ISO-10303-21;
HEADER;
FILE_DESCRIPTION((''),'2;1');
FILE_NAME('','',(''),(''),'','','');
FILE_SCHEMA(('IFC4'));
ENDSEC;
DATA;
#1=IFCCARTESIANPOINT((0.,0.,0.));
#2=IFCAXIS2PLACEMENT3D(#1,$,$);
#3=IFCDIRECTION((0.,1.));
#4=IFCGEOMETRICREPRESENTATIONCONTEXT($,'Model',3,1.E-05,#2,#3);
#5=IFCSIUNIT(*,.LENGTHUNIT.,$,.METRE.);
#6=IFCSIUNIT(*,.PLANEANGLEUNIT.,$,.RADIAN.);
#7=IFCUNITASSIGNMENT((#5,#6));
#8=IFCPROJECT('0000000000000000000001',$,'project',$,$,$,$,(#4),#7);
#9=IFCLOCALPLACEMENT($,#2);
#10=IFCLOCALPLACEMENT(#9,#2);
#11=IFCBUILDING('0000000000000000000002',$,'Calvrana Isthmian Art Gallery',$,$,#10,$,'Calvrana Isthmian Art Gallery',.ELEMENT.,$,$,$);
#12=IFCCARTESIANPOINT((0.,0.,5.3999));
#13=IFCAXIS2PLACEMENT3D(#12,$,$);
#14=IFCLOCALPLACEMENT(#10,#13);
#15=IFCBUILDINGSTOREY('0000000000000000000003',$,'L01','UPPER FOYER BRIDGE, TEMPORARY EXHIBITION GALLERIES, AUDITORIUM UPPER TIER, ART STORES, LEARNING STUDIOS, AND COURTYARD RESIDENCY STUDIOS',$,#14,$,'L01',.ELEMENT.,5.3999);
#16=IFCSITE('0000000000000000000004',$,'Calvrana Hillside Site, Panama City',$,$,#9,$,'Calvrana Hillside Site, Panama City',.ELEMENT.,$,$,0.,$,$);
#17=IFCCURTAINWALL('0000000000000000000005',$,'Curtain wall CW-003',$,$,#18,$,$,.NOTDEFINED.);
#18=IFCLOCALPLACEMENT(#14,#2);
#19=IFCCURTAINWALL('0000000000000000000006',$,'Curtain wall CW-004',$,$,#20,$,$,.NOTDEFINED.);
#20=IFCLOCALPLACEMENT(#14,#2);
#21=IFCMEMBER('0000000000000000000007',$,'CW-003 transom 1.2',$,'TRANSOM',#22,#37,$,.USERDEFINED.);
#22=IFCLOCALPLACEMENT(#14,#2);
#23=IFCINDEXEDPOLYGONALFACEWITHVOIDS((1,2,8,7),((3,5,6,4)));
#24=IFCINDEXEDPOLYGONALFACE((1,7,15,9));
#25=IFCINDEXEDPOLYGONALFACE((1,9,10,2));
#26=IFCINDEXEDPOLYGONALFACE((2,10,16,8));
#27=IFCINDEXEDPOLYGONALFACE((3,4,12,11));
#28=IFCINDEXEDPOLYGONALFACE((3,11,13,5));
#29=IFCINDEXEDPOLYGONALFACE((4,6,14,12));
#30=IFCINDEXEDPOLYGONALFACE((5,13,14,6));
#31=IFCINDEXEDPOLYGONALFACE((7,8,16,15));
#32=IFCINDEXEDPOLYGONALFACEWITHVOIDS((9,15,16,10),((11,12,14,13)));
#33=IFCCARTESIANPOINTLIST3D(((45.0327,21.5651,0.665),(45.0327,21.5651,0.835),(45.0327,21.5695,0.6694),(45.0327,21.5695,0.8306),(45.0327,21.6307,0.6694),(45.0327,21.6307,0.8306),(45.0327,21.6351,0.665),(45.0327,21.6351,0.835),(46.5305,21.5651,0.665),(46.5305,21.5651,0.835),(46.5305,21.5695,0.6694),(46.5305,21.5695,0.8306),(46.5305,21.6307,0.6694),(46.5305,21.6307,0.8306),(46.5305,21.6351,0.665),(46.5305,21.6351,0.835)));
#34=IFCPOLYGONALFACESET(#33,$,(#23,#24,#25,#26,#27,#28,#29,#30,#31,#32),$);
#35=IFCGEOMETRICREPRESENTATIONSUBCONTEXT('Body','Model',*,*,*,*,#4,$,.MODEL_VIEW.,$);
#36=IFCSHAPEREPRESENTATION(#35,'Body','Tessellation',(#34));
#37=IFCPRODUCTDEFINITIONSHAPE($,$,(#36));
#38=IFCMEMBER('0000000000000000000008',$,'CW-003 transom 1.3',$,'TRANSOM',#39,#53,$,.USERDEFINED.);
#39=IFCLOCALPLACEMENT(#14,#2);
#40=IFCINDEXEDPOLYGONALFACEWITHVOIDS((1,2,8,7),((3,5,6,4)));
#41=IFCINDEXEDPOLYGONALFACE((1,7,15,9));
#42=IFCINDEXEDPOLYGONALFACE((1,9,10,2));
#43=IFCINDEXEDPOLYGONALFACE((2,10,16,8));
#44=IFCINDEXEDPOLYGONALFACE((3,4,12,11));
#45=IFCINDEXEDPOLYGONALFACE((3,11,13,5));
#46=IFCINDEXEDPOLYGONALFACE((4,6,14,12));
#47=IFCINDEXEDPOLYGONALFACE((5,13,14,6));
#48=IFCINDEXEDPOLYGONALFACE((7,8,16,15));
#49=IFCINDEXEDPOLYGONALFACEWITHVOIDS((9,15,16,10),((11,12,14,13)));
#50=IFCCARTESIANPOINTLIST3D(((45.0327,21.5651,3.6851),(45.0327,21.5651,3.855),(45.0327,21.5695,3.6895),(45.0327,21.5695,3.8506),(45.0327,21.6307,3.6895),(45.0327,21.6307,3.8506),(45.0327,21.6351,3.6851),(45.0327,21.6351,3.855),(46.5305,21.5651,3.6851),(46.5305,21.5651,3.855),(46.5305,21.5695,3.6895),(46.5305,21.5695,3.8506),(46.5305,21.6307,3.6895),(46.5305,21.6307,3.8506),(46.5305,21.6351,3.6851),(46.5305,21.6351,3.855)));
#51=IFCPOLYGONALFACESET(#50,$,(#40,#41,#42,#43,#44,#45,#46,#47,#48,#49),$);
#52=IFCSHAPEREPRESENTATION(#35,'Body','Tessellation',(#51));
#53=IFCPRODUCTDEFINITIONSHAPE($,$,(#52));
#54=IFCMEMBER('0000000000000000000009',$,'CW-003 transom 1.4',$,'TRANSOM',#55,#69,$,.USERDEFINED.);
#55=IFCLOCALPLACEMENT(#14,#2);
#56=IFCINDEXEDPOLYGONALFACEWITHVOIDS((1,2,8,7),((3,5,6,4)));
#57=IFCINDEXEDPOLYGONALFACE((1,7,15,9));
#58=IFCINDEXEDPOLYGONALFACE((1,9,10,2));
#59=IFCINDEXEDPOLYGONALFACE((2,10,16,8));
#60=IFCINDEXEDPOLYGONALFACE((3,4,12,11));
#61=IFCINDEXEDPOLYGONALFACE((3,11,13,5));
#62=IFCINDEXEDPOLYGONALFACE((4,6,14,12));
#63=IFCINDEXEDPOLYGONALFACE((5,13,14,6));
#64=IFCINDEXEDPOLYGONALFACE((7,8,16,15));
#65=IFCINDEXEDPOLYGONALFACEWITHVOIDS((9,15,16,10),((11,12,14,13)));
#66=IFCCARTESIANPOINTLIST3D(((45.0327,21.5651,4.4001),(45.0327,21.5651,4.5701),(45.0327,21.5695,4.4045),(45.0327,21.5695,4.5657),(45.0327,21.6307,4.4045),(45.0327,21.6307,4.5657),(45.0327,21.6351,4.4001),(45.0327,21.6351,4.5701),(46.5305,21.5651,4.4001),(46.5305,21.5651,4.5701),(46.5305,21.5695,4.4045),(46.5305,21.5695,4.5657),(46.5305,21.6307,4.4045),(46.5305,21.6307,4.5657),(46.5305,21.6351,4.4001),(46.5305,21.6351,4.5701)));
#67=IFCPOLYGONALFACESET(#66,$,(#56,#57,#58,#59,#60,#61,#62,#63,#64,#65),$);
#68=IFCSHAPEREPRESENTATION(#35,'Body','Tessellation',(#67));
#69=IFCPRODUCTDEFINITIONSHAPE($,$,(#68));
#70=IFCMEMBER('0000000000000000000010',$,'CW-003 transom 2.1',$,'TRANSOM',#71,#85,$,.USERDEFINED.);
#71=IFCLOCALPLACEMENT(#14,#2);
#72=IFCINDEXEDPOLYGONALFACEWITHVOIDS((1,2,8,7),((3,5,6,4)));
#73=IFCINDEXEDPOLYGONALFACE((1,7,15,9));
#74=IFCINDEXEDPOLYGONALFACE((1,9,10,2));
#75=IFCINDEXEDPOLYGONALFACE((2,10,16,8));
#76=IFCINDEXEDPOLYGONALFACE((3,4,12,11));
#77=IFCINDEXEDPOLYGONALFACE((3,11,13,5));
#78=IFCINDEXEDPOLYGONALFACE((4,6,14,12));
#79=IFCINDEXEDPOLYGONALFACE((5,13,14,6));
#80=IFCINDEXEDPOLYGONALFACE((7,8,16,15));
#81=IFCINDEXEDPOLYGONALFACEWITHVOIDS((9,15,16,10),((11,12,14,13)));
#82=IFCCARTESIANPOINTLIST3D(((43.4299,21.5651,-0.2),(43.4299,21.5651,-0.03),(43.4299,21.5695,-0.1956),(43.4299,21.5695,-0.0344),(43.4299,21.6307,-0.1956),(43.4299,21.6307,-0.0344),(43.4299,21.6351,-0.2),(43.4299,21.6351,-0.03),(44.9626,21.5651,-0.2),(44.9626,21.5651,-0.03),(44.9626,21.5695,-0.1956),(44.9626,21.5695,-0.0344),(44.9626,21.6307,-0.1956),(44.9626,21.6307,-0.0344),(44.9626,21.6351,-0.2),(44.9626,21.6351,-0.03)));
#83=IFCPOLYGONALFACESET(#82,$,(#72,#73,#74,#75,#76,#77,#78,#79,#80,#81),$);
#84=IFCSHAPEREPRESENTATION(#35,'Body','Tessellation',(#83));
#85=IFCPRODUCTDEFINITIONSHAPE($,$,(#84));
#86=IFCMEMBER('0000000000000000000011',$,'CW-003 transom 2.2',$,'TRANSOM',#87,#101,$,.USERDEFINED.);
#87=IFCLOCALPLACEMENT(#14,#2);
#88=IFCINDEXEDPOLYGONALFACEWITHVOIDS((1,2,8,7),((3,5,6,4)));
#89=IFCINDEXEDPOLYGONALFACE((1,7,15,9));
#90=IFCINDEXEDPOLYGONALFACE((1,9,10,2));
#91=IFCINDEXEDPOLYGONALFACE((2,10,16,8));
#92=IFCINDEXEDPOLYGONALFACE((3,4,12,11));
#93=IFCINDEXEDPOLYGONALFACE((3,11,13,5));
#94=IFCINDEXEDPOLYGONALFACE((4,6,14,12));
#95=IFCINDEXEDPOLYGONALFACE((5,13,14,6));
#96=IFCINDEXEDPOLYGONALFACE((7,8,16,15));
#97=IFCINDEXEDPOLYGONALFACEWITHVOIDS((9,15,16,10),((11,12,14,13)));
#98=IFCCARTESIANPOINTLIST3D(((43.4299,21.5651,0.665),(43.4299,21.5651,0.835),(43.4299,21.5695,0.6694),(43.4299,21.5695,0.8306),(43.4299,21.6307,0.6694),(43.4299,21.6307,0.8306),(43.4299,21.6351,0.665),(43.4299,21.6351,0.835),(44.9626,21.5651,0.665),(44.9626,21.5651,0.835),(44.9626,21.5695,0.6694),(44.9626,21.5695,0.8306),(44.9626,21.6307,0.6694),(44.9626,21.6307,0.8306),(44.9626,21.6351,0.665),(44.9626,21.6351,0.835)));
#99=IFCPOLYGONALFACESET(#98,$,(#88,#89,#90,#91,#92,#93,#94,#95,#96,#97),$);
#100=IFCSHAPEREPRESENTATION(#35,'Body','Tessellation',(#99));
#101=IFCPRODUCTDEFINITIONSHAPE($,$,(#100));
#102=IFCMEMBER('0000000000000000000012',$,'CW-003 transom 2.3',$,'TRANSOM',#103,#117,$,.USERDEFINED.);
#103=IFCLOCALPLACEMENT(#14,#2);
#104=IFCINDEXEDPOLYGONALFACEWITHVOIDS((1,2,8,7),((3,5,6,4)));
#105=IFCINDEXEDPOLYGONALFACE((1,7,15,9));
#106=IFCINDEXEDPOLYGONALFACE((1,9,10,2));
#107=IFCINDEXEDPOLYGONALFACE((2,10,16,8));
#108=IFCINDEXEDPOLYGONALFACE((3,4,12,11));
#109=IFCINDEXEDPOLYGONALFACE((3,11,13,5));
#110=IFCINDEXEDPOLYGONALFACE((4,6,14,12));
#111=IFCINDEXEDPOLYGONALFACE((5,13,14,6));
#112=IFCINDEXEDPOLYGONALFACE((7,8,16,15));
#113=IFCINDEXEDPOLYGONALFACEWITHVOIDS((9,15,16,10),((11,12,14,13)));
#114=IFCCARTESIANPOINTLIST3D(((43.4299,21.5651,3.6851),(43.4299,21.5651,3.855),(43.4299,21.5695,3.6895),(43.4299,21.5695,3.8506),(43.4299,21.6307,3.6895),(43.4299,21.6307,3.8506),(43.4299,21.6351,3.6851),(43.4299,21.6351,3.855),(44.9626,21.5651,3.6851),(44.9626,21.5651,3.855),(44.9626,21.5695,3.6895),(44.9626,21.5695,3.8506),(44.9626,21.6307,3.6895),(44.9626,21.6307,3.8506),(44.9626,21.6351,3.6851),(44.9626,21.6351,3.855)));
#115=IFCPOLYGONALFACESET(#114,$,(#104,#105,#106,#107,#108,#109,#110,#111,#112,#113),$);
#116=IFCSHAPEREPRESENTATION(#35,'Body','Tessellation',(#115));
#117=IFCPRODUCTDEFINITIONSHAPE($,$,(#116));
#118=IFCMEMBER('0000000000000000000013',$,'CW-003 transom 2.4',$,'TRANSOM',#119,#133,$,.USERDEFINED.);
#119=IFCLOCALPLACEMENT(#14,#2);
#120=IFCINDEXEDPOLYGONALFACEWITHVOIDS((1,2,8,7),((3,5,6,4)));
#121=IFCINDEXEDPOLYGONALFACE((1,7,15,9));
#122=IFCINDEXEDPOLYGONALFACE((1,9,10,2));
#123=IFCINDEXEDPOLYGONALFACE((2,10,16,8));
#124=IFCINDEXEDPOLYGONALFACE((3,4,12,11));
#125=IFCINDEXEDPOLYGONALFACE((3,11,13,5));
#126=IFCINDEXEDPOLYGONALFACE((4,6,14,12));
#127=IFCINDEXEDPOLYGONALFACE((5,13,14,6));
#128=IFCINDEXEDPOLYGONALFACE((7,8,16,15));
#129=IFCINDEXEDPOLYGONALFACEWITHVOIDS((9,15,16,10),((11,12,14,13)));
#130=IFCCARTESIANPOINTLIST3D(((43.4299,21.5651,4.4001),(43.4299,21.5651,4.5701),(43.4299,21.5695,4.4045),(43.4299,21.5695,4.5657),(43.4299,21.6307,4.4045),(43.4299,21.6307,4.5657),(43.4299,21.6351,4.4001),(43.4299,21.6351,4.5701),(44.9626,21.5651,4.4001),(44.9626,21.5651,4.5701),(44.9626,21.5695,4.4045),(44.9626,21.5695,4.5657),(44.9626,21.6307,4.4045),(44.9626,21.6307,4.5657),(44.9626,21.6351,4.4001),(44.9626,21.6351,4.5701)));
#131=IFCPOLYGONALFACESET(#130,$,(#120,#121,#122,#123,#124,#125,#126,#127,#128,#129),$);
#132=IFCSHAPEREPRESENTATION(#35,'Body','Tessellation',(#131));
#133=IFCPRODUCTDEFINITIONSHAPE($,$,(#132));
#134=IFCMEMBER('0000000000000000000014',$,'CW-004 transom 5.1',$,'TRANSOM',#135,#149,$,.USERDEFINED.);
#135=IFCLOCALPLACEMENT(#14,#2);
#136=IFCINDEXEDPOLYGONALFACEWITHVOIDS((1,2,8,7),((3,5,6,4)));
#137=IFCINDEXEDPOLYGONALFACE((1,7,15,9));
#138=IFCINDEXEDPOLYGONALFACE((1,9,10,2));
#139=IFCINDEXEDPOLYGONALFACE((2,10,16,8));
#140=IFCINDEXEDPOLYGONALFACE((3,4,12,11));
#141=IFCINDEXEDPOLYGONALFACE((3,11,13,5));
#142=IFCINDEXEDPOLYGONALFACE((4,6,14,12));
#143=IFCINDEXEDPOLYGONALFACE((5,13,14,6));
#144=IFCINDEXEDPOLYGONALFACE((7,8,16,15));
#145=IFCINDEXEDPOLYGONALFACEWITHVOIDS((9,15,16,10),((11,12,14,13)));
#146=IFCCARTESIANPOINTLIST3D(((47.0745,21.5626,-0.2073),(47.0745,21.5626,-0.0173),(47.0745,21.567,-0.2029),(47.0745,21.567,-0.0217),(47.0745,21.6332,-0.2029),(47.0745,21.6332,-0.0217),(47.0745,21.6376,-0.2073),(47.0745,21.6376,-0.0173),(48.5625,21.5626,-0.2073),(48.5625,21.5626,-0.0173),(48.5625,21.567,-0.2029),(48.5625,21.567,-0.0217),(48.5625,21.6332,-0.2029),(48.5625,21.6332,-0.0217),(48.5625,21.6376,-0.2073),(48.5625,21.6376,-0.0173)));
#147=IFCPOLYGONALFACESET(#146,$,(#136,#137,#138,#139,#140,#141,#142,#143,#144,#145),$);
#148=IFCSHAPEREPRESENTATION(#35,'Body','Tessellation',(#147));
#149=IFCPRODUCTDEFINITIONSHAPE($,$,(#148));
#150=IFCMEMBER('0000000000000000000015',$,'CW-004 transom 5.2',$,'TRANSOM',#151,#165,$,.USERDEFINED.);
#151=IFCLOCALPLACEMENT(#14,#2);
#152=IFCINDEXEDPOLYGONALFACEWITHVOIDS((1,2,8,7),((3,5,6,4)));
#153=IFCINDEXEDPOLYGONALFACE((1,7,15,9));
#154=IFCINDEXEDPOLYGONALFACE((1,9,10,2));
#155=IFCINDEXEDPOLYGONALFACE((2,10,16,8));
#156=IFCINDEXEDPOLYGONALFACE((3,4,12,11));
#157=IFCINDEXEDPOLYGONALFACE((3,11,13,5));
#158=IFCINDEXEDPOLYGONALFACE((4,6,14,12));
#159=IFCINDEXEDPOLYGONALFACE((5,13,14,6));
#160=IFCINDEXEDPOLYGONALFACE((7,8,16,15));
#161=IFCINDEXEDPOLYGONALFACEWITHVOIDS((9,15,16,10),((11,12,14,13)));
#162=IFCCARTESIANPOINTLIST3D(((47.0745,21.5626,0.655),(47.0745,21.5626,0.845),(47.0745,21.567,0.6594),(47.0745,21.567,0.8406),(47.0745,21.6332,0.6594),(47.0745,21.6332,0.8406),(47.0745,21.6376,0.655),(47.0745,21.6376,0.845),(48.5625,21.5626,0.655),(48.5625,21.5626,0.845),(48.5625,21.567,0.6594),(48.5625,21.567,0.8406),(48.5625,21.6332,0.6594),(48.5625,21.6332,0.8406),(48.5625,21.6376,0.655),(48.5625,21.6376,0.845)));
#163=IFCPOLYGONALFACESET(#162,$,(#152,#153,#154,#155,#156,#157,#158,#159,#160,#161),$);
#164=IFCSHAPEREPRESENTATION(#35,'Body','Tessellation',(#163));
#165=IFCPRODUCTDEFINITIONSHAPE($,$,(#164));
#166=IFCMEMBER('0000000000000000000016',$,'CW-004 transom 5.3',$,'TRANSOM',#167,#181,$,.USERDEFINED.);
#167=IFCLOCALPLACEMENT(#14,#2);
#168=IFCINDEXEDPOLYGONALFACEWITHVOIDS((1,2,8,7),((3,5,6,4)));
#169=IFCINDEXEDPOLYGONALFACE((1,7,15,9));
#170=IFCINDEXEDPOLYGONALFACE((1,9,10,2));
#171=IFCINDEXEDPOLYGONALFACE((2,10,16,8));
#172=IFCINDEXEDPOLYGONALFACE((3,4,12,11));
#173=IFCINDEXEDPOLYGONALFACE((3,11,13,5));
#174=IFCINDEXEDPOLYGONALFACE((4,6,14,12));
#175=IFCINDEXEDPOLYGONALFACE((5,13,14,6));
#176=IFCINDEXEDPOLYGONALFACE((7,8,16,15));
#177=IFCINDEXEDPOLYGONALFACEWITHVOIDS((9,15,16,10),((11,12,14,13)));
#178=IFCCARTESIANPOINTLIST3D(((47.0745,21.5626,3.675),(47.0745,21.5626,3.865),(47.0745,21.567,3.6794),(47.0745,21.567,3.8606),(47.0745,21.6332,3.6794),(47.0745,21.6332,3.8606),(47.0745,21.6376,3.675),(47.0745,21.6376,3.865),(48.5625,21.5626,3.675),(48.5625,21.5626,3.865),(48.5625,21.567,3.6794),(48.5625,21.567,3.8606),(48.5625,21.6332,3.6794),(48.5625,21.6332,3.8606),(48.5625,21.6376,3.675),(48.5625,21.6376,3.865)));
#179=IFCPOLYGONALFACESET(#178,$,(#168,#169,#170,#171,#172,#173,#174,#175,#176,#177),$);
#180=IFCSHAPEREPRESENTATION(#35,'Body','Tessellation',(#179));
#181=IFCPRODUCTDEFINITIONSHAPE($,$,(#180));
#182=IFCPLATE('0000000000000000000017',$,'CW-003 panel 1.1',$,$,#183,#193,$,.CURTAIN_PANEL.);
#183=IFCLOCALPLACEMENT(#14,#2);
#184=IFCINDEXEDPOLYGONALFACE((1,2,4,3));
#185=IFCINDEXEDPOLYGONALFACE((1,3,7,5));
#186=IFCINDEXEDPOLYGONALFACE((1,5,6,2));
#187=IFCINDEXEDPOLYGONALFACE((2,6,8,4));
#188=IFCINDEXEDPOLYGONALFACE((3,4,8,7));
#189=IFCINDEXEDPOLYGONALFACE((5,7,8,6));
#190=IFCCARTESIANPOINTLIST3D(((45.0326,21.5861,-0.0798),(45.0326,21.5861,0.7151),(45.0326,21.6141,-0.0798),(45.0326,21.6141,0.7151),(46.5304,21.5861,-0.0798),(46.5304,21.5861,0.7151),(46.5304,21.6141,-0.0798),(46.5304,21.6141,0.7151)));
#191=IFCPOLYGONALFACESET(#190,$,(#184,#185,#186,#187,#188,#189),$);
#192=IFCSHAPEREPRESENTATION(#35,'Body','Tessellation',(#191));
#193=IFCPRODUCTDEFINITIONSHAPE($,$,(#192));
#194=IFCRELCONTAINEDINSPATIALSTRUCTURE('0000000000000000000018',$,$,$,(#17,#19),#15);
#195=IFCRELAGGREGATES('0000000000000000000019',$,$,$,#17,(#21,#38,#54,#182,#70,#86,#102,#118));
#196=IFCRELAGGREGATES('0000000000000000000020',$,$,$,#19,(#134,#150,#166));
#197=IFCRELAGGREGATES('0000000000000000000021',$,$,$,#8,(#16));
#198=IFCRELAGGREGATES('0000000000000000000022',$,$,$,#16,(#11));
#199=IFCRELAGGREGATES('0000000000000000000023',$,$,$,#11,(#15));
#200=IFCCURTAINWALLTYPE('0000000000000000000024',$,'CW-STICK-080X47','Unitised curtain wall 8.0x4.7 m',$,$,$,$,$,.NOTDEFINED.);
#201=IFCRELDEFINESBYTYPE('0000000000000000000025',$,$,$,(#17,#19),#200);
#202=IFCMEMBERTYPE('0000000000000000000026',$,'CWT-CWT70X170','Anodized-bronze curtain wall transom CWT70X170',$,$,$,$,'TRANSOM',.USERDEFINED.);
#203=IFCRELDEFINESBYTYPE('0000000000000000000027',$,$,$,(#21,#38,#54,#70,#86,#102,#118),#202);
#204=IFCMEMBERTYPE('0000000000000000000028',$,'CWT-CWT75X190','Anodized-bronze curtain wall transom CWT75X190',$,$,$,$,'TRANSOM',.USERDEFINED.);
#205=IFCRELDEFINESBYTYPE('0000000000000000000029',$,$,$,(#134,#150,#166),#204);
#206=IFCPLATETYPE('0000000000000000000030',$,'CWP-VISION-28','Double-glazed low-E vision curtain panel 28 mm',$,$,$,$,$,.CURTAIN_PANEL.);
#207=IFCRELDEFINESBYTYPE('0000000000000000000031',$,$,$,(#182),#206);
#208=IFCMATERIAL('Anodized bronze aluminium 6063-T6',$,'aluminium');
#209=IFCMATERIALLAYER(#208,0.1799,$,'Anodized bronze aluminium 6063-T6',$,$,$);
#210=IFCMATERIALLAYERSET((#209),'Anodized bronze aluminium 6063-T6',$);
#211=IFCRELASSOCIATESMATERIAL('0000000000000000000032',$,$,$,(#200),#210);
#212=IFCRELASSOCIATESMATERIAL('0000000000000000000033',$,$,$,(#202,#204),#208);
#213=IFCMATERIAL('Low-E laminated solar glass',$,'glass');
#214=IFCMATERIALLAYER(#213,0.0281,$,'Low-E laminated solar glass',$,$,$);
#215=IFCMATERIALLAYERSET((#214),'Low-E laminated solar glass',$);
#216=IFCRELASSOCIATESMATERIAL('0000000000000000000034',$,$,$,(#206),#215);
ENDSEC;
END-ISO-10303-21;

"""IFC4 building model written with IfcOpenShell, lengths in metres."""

from ifc_helpers import new_model, si_unit, direction, frame, origin, origin_2d, place, context, subcontext, project, spatial, rectangle, hollow_rectangle, extrude, material, layer, layer_set, material_profile, profile_set, type_object, element, aggregate, save


model = new_model("IFC4")

# Units and contexts
model_context = context("Model", 3, precision=1e-05, world=origin(), true_north=direction((0.0, 1.0)))
body_context = subcontext(model_context, "Body", "Model", "MODEL_VIEW")
ifc_project = project(units=[si_unit("LENGTHUNIT", "METRE"), si_unit("PLANEANGLEUNIT", "RADIAN")], contexts=[model_context])

# Site, building, storey
site_placement = place(None, origin())
site = spatial("IfcSite", under=ifc_project, at=site_placement, Name="Calvrana Hillside Site, Panama City", LongName="Calvrana Hillside Site, Panama City", CompositionType="ELEMENT", RefElevation=0.0)
building_placement = place(site_placement, origin())
building = spatial("IfcBuilding", under=site, at=building_placement, Name="Calvrana Isthmian Art Gallery", LongName="Calvrana Isthmian Art Gallery", CompositionType="ELEMENT")
storey_placement = place(building_placement, frame((0.0, 0.0, 5.3999)))
storey = spatial("IfcBuildingStorey", under=building, at=storey_placement, Name="L01", Description="UPPER FOYER BRIDGE, TEMPORARY EXHIBITION GALLERIES, AUDITORIUM UPPER TIER, ART STORES, LEARNING STUDIOS, AND COURTYARD RESIDENCY STUDIOS", LongName="L01", CompositionType="ELEMENT", Elevation=5.3999)

# Curtain wall
ifc_material_1 = material(Name="Anodized bronze aluminium 6063-T6", Category="aluminium")
ifc_layer_1 = layer(ifc_material_1, 0.1799, Name="Anodized bronze aluminium 6063-T6")
ifc_layer_set_1 = layer_set([ifc_layer_1], Name="Anodized bronze aluminium 6063-T6")
curtain_wall_type = type_object("IfcCurtainWallType", Name="CW-STICK-080X47", Description="Unitised curtain wall 8.0x4.7 m", PredefinedType="NOTDEFINED", material=ifc_layer_set_1)
curtain_wall_1_placement = place(storey_placement, origin())
curtain_wall_1 = element("IfcCurtainWall", 1, at=curtain_wall_1_placement, inside=storey, type_object=curtain_wall_type, Name="Curtain wall CW-003", PredefinedType="NOTDEFINED")

# Curtain wall
curtain_wall_2_placement = place(storey_placement, origin())
curtain_wall_2 = element("IfcCurtainWall", 2, at=curtain_wall_2_placement, inside=storey, type_object=curtain_wall_type, Name="Curtain wall CW-004", PredefinedType="NOTDEFINED")

# Members
ifc_material_profile_1 = material_profile(ifc_material_1, hollow_rectangle(XDim=0.0701, YDim=0.1699, WallThickness=0.0044, at=origin_2d()), Name="CWT70X170")
ifc_profile_set_1 = profile_set([ifc_material_profile_1], Name="Anodized bronze aluminium 6063-T6")
member_type_1 = type_object("IfcMemberType", Name="CWT-CWT70X170", Description="Anodized-bronze curtain wall transom CWT70X170", ElementType="TRANSOM", PredefinedType="USERDEFINED", material=ifc_profile_set_1)
member_1_placement = place(storey_placement, frame((46.5305, 21.6001, 0.75), z_axis=(-1.0, 0.0, 0.0), x_axis=(0.0, -1.0, 0.0)))
member_1 = element("IfcMember", 3, at=member_1_placement, type_object=member_type_1, Name="CW-003 transom 1.2", ObjectType="TRANSOM", PredefinedType="USERDEFINED", context=body_context, shape_type="SweptSolid", body=[
    extrude(hollow_rectangle(XDim=0.0701, YDim=0.1699, WallThickness=0.0044, at=origin_2d()), origin(), (0.0, 0.0, 1.0), 1.4978),
])
member_2_placement = place(storey_placement, frame((46.5305, 21.6001, 3.77), z_axis=(-1.0, 0.0, 0.0), x_axis=(0.0, -1.0, 0.0)))
member_2 = element("IfcMember", 4, at=member_2_placement, type_object=member_type_1, Name="CW-003 transom 1.3", ObjectType="TRANSOM", PredefinedType="USERDEFINED", context=body_context, shape_type="SweptSolid", body=[
    extrude(hollow_rectangle(XDim=0.0701, YDim=0.1699, WallThickness=0.0044, at=origin_2d()), origin(), (0.0, 0.0, 1.0), 1.4978),
])
member_3_placement = place(storey_placement, frame((46.5305, 21.6001, 4.4851), z_axis=(-1.0, 0.0, 0.0), x_axis=(0.0, -1.0, 0.0)))
member_3 = element("IfcMember", 5, at=member_3_placement, type_object=member_type_1, Name="CW-003 transom 1.4", ObjectType="TRANSOM", PredefinedType="USERDEFINED", context=body_context, shape_type="SweptSolid", body=[
    extrude(hollow_rectangle(XDim=0.0701, YDim=0.1699, WallThickness=0.0044, at=origin_2d()), origin(), (0.0, 0.0, 1.0), 1.4978),
])
member_4_placement = place(storey_placement, frame((44.9626, 21.6001, -0.115), z_axis=(-1.0, 0.0, 0.0), x_axis=(0.0, -1.0, 0.0)))
member_4 = element("IfcMember", 6, at=member_4_placement, type_object=member_type_1, Name="CW-003 transom 2.1", ObjectType="TRANSOM", PredefinedType="USERDEFINED", context=body_context, shape_type="SweptSolid", body=[
    extrude(hollow_rectangle(XDim=0.0701, YDim=0.1699, WallThickness=0.0044, at=origin_2d()), origin(), (0.0, 0.0, 1.0), 1.5327),
])
member_5_placement = place(storey_placement, frame((44.9626, 21.6001, 0.75), z_axis=(-1.0, 0.0, 0.0), x_axis=(0.0, -1.0, 0.0)))
member_5 = element("IfcMember", 7, at=member_5_placement, type_object=member_type_1, Name="CW-003 transom 2.2", ObjectType="TRANSOM", PredefinedType="USERDEFINED", context=body_context, shape_type="SweptSolid", body=[
    extrude(hollow_rectangle(XDim=0.0701, YDim=0.1699, WallThickness=0.0044, at=origin_2d()), origin(), (0.0, 0.0, 1.0), 1.5327),
])
member_6_placement = place(storey_placement, frame((44.9626, 21.6001, 3.77), z_axis=(-1.0, 0.0, 0.0), x_axis=(0.0, -1.0, 0.0)))
member_6 = element("IfcMember", 8, at=member_6_placement, type_object=member_type_1, Name="CW-003 transom 2.3", ObjectType="TRANSOM", PredefinedType="USERDEFINED", context=body_context, shape_type="SweptSolid", body=[
    extrude(hollow_rectangle(XDim=0.0701, YDim=0.1699, WallThickness=0.0044, at=origin_2d()), origin(), (0.0, 0.0, 1.0), 1.5327),
])
member_7_placement = place(storey_placement, frame((44.9626, 21.6001, 4.4851), z_axis=(-1.0, 0.0, 0.0), x_axis=(0.0, -1.0, 0.0)))
member_7 = element("IfcMember", 9, at=member_7_placement, type_object=member_type_1, Name="CW-003 transom 2.4", ObjectType="TRANSOM", PredefinedType="USERDEFINED", context=body_context, shape_type="SweptSolid", body=[
    extrude(hollow_rectangle(XDim=0.0701, YDim=0.1699, WallThickness=0.0044, at=origin_2d()), origin(), (0.0, 0.0, 1.0), 1.5327),
])
ifc_material_profile_2 = material_profile(ifc_material_1, hollow_rectangle(XDim=0.075, YDim=0.1899, WallThickness=0.0044, at=origin_2d()), Name="CWT75X190")
ifc_profile_set_2 = profile_set([ifc_material_profile_2], Name="Anodized bronze aluminium 6063-T6")
member_type_2 = type_object("IfcMemberType", Name="CWT-CWT75X190", Description="Anodized-bronze curtain wall transom CWT75X190", ElementType="TRANSOM", PredefinedType="USERDEFINED", material=ifc_profile_set_2)
member_8_placement = place(storey_placement, frame((48.5625, 21.6001, -0.1123), z_axis=(-1.0, 0.0, 0.0), x_axis=(0.0, -1.0, 0.0)))
member_8 = element("IfcMember", 10, at=member_8_placement, type_object=member_type_2, Name="CW-004 transom 5.1", ObjectType="TRANSOM", PredefinedType="USERDEFINED", context=body_context, shape_type="SweptSolid", body=[
    extrude(hollow_rectangle(XDim=0.075, YDim=0.1899, WallThickness=0.0044, at=origin_2d()), origin(), (0.0, 0.0, 1.0), 1.488),
])
member_9_placement = place(storey_placement, frame((48.5625, 21.6001, 0.75), z_axis=(-1.0, 0.0, 0.0), x_axis=(0.0, -1.0, 0.0)))
member_9 = element("IfcMember", 11, at=member_9_placement, type_object=member_type_2, Name="CW-004 transom 5.2", ObjectType="TRANSOM", PredefinedType="USERDEFINED", context=body_context, shape_type="SweptSolid", body=[
    extrude(hollow_rectangle(XDim=0.075, YDim=0.1899, WallThickness=0.0044, at=origin_2d()), origin(), (0.0, 0.0, 1.0), 1.488),
])
member_10_placement = place(storey_placement, frame((48.5625, 21.6001, 3.77), z_axis=(-1.0, 0.0, 0.0), x_axis=(0.0, -1.0, 0.0)))
member_10 = element("IfcMember", 12, at=member_10_placement, type_object=member_type_2, Name="CW-004 transom 5.3", ObjectType="TRANSOM", PredefinedType="USERDEFINED", context=body_context, shape_type="SweptSolid", body=[
    extrude(hollow_rectangle(XDim=0.075, YDim=0.1899, WallThickness=0.0044, at=origin_2d()), origin(), (0.0, 0.0, 1.0), 1.488),
])

# Plate
ifc_material_2 = material(Name="Low-E laminated solar glass", Category="glass")
ifc_layer_2 = layer(ifc_material_2, 0.0281, Name="Low-E laminated solar glass")
ifc_layer_set_2 = layer_set([ifc_layer_2], Name="Low-E laminated solar glass")
plate_type_1 = type_object("IfcPlateType", Name="CWP-VISION-28", Description="Double-glazed low-E vision curtain panel 28 mm", PredefinedType="CURTAIN_PANEL", material=ifc_layer_set_2)
plate_1_placement = place(storey_placement, frame((45.7815, 21.6001, -0.0798), z_axis=(0.0, 0.0, 1.0), x_axis=(-1.0, 0.0, 0.0)))
plate_1 = element("IfcPlate", 13, at=plate_1_placement, type_object=plate_type_1, Name="CW-003 panel 1.1", PredefinedType="CURTAIN_PANEL", context=body_context, shape_type="SweptSolid", body=[
    extrude(rectangle(XDim=1.4978, YDim=0.0281, at=origin_2d()), origin(), (0.0, 0.0, 1.0), 0.7949),
])
aggregate(curtain_wall_1, [member_1, member_2, member_3, plate_1, member_4, member_5, member_6, member_7])
aggregate(curtain_wall_2, [member_8, member_9, member_10])

save(model, "model.ifc")
